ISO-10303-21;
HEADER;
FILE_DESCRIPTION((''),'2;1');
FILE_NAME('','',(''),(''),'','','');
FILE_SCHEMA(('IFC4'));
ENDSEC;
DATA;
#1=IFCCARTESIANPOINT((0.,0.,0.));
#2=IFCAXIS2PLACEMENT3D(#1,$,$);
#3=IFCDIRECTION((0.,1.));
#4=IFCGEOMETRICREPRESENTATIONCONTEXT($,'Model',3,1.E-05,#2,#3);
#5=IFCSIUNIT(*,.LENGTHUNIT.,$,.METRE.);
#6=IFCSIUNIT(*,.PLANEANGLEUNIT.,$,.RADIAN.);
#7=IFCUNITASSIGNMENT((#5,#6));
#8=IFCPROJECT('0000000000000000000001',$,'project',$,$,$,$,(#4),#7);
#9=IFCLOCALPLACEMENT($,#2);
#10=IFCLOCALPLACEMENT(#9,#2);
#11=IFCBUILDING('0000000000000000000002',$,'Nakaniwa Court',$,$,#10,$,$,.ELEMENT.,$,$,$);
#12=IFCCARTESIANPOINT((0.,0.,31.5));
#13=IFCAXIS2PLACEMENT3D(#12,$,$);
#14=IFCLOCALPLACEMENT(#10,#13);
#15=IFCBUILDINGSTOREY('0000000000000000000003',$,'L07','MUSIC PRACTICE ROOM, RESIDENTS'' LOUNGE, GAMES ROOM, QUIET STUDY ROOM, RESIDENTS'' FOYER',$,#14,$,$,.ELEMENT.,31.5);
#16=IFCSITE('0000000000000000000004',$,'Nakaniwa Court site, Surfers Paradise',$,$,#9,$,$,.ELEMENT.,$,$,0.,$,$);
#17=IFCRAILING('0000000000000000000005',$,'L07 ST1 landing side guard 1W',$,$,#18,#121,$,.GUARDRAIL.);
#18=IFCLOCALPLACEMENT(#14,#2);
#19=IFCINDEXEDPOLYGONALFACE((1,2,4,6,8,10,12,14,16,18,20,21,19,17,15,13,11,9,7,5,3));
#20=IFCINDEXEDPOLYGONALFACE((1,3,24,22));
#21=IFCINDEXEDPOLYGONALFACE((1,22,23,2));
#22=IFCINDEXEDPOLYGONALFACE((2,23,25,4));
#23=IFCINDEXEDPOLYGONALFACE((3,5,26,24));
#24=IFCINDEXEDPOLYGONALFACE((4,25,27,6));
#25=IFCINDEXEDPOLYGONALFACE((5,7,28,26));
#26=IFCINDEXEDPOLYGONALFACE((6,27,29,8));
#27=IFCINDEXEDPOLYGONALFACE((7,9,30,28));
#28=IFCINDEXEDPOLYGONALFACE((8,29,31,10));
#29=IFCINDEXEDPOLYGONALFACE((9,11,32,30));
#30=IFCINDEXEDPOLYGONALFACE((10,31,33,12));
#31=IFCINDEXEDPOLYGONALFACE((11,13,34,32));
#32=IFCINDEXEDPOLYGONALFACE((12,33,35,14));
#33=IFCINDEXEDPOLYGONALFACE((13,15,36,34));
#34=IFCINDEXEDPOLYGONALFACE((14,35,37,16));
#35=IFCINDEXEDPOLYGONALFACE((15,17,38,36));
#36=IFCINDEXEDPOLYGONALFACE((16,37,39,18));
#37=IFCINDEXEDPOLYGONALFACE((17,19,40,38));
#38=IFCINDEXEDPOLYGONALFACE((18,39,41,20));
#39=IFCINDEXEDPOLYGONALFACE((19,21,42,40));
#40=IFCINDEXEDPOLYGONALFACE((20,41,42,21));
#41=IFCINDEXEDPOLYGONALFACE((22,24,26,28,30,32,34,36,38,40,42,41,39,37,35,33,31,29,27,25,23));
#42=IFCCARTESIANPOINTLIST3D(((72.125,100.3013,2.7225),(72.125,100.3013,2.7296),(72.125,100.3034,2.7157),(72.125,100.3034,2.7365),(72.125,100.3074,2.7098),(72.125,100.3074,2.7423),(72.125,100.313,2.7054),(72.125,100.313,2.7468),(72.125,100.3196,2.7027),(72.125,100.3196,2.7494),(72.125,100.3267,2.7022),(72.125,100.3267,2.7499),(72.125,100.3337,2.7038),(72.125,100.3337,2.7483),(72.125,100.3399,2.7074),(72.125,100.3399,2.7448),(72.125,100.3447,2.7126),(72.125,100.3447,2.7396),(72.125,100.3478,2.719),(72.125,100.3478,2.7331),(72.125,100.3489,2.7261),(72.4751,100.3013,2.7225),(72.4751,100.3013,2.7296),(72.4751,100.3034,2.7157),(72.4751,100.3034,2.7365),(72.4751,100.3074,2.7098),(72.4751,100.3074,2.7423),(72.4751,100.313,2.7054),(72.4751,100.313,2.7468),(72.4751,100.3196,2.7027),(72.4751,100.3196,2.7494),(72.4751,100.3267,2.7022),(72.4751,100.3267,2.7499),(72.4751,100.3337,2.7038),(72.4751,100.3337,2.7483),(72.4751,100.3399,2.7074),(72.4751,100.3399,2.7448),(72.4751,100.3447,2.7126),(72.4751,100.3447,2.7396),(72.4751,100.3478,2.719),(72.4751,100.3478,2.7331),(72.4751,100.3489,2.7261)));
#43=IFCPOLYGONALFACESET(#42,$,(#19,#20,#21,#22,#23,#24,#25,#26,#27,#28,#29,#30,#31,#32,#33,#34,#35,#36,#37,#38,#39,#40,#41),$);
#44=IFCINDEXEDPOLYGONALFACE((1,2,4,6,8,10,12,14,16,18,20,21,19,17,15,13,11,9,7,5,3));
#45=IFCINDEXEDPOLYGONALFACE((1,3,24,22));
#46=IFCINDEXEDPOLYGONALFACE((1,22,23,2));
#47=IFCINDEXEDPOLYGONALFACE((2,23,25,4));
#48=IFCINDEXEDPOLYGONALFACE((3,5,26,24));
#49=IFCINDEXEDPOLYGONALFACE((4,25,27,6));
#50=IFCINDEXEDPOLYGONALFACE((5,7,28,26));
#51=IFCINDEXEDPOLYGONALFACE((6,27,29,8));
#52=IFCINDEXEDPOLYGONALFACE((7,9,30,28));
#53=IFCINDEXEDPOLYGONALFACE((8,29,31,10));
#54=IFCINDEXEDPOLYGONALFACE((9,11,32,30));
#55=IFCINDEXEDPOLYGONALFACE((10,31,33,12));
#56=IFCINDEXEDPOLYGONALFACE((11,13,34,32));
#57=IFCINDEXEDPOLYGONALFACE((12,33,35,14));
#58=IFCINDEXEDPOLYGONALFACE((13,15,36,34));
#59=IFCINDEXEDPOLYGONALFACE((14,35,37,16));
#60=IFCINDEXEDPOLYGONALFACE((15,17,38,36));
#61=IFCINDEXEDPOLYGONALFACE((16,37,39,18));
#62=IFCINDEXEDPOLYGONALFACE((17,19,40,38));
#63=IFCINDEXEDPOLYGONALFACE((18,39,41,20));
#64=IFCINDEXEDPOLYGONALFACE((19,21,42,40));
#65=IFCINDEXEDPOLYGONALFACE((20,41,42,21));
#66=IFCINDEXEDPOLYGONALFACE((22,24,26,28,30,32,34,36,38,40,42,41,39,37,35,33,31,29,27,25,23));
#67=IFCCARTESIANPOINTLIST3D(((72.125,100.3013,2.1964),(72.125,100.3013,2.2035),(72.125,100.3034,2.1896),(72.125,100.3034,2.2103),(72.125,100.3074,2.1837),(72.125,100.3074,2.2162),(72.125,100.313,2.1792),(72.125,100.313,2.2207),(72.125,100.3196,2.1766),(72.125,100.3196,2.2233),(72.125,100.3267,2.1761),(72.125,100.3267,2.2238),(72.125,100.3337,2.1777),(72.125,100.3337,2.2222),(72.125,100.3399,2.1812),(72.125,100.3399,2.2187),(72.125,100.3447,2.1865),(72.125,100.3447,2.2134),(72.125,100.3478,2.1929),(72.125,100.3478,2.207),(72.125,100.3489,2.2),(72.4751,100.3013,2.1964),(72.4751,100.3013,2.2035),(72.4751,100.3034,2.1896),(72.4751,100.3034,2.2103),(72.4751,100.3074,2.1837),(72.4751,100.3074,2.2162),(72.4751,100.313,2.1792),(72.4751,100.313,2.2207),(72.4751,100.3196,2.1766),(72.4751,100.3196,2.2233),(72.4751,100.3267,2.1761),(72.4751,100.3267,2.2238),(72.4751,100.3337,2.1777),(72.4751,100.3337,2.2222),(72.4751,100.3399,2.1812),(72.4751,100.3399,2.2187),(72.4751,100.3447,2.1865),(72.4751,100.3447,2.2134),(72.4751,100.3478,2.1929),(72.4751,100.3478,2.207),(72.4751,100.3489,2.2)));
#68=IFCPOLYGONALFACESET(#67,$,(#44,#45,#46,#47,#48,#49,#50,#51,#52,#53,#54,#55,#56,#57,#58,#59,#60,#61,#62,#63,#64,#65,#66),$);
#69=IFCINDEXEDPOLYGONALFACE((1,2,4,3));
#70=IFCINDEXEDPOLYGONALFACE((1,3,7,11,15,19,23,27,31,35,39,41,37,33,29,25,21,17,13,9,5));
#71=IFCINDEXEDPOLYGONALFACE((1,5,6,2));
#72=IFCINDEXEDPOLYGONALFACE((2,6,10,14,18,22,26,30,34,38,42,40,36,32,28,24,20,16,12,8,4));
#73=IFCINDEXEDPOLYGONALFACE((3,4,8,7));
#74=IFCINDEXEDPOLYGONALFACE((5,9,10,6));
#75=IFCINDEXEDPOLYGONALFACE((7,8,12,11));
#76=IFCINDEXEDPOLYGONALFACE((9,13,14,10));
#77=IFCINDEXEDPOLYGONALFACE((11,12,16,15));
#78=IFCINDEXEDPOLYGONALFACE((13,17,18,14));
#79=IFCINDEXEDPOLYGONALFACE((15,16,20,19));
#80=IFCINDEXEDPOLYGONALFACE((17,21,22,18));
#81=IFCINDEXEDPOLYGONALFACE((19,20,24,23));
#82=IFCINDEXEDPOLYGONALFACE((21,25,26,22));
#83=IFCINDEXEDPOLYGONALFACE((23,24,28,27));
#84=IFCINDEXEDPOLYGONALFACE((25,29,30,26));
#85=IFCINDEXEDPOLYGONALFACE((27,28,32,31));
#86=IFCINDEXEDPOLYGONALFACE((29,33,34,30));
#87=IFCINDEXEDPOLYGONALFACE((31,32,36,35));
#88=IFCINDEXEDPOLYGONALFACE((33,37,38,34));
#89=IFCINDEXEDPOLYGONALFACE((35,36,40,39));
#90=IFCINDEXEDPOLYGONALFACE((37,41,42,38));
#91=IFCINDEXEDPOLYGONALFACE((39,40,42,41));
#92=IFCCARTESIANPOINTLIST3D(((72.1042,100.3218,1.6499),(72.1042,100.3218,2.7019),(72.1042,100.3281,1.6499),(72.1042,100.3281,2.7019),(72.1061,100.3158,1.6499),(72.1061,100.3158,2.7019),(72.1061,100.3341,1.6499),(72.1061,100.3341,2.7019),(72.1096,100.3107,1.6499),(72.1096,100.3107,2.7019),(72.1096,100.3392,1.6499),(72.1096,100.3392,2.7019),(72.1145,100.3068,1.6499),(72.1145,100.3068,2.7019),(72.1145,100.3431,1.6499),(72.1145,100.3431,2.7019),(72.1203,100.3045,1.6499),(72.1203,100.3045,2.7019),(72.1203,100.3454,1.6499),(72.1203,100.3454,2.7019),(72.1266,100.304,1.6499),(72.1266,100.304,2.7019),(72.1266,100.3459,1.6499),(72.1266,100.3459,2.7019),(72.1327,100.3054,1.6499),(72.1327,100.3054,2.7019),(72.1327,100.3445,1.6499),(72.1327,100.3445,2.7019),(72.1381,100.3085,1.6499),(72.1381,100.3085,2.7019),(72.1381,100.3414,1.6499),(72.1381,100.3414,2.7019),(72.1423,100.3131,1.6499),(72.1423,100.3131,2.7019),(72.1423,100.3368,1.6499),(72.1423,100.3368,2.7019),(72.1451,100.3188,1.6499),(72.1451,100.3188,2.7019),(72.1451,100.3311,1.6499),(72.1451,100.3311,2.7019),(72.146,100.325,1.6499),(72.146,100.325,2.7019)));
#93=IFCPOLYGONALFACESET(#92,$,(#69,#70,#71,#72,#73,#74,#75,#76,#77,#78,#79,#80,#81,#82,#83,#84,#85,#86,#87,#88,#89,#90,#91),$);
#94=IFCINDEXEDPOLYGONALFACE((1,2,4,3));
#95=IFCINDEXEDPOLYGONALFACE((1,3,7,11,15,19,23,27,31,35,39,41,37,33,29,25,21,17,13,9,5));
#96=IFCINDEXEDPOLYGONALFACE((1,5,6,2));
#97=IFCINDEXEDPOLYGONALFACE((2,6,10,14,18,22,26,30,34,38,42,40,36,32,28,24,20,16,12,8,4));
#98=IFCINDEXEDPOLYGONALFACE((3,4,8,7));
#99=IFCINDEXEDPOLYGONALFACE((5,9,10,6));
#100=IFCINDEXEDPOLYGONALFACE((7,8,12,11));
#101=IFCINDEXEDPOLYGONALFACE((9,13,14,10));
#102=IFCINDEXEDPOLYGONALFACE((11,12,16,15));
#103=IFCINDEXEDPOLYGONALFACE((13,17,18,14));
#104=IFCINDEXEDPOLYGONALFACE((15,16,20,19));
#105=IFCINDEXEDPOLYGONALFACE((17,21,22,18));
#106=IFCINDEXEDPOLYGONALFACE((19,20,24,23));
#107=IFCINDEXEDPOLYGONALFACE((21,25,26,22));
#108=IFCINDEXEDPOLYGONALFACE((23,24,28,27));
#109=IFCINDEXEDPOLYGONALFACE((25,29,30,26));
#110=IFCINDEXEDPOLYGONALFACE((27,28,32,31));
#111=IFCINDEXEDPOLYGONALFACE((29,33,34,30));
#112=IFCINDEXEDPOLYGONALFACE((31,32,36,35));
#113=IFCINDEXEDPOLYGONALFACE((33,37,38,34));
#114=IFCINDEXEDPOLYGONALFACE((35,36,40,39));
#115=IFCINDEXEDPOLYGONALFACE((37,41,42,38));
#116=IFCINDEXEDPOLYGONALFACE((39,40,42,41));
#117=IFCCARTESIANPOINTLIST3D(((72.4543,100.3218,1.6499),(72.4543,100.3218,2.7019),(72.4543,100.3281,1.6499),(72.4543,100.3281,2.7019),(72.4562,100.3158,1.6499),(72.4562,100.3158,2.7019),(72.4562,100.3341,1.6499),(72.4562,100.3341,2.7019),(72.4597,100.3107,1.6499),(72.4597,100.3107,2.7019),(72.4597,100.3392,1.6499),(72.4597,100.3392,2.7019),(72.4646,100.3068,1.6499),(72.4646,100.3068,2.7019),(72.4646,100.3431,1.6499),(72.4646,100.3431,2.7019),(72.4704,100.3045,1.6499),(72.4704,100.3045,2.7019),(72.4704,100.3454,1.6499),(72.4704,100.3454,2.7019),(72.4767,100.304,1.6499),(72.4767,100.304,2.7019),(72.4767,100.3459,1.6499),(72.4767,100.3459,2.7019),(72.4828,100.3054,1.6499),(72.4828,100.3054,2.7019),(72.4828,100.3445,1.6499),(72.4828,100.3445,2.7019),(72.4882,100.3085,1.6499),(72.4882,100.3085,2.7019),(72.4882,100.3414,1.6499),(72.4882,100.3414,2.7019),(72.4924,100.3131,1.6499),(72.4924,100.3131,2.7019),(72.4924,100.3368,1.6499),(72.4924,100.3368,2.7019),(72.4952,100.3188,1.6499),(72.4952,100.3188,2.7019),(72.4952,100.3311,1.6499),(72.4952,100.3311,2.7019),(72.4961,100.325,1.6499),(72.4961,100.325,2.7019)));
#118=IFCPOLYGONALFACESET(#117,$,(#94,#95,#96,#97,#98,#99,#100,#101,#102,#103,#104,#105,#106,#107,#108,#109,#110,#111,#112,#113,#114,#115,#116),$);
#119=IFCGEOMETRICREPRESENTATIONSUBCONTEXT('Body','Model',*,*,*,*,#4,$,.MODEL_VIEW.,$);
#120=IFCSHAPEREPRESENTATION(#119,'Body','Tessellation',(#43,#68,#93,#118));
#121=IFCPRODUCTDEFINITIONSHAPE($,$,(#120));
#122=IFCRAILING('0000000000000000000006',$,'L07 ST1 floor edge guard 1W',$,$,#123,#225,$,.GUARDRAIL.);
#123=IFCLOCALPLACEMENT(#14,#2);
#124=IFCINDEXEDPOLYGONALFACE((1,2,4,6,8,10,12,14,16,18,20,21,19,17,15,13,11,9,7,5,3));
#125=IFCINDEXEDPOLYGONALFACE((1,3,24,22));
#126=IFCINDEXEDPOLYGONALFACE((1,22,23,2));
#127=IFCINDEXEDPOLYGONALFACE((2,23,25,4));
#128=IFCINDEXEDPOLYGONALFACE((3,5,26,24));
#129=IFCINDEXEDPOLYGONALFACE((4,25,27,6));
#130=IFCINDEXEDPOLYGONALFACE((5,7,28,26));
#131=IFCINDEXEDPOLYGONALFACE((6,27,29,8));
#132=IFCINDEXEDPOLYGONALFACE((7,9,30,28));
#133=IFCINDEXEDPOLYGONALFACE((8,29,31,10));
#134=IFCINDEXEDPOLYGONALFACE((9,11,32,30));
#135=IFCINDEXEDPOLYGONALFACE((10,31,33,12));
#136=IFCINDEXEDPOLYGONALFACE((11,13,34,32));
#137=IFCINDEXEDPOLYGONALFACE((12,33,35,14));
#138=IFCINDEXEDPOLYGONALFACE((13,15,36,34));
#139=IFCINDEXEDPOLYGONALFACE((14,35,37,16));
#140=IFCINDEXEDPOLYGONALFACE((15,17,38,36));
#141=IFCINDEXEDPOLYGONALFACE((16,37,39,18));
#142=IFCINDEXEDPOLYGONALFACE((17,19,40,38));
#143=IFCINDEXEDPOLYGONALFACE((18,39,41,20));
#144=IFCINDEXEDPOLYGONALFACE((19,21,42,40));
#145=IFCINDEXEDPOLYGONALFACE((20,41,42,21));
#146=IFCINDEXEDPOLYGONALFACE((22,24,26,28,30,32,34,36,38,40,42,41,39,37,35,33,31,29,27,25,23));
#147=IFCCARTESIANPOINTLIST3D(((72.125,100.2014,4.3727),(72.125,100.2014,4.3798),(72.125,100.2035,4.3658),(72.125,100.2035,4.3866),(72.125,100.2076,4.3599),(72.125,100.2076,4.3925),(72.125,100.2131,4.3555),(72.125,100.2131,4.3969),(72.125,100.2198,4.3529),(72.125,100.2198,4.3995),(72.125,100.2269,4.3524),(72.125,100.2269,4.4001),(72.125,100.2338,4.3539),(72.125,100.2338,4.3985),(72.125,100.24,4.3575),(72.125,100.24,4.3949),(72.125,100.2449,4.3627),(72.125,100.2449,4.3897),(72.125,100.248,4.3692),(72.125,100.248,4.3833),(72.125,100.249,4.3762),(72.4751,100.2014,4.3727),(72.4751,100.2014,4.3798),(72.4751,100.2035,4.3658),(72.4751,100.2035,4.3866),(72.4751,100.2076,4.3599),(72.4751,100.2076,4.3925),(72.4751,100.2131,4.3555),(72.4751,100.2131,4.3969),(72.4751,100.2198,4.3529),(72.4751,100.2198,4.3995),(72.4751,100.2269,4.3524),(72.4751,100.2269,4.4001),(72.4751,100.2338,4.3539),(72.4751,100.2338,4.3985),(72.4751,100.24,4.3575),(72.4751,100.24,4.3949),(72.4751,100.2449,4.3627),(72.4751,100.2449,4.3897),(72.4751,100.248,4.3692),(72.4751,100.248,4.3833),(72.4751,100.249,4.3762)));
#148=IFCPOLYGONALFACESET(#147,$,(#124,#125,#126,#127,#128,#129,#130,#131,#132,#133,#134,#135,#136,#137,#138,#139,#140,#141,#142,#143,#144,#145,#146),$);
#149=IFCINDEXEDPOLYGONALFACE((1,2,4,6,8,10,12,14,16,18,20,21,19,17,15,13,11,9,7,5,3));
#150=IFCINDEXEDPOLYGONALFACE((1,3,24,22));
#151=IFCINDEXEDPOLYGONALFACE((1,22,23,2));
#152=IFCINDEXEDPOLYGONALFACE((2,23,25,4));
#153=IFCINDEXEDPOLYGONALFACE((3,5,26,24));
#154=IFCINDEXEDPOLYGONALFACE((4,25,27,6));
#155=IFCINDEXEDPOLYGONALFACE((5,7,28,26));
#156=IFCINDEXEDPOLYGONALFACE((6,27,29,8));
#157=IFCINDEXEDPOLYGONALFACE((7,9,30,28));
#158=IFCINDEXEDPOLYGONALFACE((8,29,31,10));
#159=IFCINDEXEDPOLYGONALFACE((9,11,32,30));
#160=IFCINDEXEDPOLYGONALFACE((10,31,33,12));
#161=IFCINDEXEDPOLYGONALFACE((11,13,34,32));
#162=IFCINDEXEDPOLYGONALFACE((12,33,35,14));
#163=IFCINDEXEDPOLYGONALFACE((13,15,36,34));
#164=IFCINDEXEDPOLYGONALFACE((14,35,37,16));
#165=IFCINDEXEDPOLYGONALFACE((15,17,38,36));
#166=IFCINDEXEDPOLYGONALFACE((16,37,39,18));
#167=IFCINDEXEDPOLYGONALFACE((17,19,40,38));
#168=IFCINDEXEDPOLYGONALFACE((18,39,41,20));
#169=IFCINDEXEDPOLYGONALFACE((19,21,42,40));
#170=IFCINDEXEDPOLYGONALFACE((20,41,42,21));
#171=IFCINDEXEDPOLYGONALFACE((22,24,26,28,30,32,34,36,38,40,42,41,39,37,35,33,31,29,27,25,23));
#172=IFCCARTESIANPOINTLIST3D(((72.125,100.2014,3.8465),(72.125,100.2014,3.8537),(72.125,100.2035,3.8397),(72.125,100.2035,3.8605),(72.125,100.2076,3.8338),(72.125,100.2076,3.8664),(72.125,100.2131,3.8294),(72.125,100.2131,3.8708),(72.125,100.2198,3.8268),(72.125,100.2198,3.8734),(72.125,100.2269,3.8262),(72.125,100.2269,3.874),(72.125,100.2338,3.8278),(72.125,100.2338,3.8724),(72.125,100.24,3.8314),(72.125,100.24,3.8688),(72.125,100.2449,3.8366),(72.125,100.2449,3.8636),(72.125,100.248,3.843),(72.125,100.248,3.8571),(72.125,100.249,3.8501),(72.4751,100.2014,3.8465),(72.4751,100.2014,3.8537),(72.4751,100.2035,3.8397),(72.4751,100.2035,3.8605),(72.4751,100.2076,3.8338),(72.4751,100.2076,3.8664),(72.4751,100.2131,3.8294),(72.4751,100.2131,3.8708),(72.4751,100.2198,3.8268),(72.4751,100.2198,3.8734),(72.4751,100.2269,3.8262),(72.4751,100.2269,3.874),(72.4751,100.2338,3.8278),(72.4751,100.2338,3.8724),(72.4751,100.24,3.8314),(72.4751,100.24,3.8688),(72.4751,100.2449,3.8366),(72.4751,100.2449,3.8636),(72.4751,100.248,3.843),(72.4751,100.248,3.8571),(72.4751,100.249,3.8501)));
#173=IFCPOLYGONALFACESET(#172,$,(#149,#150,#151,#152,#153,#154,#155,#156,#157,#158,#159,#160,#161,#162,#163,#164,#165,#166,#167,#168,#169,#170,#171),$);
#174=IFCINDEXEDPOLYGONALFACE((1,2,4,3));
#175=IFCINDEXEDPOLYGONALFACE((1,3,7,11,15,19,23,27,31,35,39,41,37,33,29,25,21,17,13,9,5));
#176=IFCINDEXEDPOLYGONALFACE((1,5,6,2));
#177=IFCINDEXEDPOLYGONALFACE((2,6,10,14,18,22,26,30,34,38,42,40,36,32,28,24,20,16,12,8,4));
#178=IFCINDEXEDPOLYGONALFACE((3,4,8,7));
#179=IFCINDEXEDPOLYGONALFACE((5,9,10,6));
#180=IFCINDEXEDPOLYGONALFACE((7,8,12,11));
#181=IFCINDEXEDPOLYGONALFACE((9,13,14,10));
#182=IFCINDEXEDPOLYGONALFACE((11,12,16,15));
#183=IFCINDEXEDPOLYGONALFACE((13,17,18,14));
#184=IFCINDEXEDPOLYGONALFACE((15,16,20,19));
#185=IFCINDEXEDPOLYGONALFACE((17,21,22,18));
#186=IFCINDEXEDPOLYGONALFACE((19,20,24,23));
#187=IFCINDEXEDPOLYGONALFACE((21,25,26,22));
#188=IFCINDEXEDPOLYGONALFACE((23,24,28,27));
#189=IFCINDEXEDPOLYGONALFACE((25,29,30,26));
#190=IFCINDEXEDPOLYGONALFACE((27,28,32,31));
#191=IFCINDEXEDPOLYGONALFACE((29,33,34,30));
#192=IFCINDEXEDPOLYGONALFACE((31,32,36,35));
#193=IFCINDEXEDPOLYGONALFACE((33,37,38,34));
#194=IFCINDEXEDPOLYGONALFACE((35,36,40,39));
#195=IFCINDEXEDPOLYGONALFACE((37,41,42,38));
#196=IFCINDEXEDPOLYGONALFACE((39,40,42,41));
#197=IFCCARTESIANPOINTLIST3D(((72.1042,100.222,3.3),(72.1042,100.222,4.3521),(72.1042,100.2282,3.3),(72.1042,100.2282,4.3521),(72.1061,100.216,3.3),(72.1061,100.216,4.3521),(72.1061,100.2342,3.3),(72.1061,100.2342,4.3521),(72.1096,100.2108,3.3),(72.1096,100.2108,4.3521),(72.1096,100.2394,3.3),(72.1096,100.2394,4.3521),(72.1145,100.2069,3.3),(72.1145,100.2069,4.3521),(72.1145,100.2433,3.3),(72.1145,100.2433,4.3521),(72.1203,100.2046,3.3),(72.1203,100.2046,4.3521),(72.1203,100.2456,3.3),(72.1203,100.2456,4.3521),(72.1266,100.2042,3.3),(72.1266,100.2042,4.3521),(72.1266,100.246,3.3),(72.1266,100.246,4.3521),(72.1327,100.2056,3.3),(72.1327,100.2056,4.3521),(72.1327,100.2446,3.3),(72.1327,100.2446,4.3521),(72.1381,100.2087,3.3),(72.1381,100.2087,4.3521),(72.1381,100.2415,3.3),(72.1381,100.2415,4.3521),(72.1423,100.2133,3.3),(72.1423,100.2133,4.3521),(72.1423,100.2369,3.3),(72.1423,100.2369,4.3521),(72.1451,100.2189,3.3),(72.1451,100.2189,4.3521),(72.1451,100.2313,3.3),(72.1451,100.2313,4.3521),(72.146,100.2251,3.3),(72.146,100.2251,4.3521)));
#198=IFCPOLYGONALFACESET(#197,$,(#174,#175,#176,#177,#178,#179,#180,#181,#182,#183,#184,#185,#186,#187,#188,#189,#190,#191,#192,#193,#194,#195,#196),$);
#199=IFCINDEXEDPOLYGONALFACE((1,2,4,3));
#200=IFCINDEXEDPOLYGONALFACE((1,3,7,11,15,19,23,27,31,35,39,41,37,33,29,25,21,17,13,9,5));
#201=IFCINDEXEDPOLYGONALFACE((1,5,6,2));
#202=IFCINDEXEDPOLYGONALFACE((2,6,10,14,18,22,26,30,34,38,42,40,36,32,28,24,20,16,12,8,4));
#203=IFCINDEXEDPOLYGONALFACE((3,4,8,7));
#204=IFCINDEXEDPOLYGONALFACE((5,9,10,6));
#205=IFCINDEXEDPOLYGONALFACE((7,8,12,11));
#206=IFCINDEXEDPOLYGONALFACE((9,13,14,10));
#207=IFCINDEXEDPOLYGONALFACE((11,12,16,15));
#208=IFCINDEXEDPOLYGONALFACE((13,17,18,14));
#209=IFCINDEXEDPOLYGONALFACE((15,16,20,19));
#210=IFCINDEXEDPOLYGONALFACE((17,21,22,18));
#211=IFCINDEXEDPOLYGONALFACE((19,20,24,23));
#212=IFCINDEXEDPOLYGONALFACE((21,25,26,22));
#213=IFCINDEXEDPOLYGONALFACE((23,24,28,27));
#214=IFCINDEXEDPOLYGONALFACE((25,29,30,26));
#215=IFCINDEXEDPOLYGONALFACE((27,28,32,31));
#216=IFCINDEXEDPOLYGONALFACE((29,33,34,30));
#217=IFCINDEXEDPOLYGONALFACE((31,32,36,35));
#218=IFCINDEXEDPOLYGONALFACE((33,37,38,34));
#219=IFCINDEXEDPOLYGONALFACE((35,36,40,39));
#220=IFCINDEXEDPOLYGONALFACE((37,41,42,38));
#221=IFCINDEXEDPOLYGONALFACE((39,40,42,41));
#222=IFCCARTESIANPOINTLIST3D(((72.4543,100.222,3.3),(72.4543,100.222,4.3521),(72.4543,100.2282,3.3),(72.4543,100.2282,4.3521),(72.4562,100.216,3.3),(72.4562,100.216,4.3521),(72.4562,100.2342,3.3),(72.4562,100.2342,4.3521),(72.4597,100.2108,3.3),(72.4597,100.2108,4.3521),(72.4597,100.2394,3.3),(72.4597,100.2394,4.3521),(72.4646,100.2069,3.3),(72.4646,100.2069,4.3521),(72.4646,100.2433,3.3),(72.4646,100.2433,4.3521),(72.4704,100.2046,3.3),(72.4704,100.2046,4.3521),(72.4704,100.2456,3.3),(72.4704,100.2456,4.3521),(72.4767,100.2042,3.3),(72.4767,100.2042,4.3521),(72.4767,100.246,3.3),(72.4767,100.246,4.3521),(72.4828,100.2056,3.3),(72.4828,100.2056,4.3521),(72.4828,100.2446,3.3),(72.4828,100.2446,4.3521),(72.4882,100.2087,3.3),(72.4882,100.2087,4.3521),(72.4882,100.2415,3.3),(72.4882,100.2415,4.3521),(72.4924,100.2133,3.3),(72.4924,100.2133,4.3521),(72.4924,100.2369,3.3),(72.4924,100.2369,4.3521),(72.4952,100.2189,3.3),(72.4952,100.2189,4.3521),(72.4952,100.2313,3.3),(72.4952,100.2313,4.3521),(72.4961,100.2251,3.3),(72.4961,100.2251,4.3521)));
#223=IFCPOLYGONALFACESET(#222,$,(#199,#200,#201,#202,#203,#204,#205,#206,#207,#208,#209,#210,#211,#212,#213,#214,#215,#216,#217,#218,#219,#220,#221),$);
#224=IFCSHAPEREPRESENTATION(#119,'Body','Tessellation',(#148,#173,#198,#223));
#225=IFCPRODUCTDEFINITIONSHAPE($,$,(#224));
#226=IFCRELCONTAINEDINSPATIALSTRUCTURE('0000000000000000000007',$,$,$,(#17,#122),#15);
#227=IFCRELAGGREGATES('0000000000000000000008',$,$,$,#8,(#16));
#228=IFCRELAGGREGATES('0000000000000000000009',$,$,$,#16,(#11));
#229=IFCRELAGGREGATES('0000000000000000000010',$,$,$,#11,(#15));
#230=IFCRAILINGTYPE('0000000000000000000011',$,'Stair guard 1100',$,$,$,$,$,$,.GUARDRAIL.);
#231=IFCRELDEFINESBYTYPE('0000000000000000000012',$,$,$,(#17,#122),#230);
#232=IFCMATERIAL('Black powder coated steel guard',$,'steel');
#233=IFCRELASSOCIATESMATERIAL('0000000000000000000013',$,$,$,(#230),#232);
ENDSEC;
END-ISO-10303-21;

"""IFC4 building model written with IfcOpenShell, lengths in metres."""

from ifc_helpers import new_model, si_unit, direction, frame, origin, origin_2d, place, context, subcontext, project, spatial, circle, extrude, material, type_object, element, save


model = new_model("IFC4")

# Units and contexts
model_context = context("Model", 3, precision=1e-05, world=origin(), true_north=direction((0.0, 1.0)))
body_context = subcontext(model_context, "Body", "Model", "MODEL_VIEW")
ifc_project = project(units=[si_unit("LENGTHUNIT", "METRE"), si_unit("PLANEANGLEUNIT", "RADIAN")], contexts=[model_context])

# Site, building, storey
site_placement = place(None, origin())
site = spatial("IfcSite", under=ifc_project, at=site_placement, Name="Nakaniwa Court site, Surfers Paradise", CompositionType="ELEMENT", RefElevation=0.0)
building_placement = place(site_placement, origin())
building = spatial("IfcBuilding", under=site, at=building_placement, Name="Nakaniwa Court", CompositionType="ELEMENT")
storey_placement = place(building_placement, frame((0.0, 0.0, 31.5)))
storey = spatial("IfcBuildingStorey", under=building, at=storey_placement, Name="L07", Description="MUSIC PRACTICE ROOM, RESIDENTS' LOUNGE, GAMES ROOM, QUIET STUDY ROOM, RESIDENTS' FOYER", CompositionType="ELEMENT", Elevation=31.5)

# Railings
ifc_material_1 = material(Name="Black powder coated steel guard", Category="steel")
railing_type_1 = type_object("IfcRailingType", Name="Stair guard 1100", PredefinedType="GUARDRAIL", material=ifc_material_1)
for number, where, name in (
    (1, (72.125, 100.325, 1.6499), "L07 ST1 landing side guard 1W"),
    (2, (72.125, 100.2251, 3.3), "L07 ST1 floor edge guard 1W"),
):
    element("IfcRailing", number, at=place(storey_placement, frame(where)), inside=storey, type_object=railing_type_1, Name=name, PredefinedType="GUARDRAIL", context=body_context, shape_type="SweptSolid", body=[
        extrude(circle(Radius=0.0239, at=origin_2d()), frame((0.0, 0.0, 1.0762), z_axis=(1.0, 0.0, 0.0), x_axis=(0.0, 1.0, 0.0)), (0.0, 0.0, 1.0), 0.3501),
        extrude(circle(Radius=0.0239, at=origin_2d()), frame((0.0, 0.0, 0.55), z_axis=(1.0, 0.0, 0.0), x_axis=(0.0, 1.0, 0.0)), (0.0, 0.0, 1.0), 0.3501),
        extrude(circle(Radius=0.021, at=origin_2d()), origin(), (0.0, 0.0, 1.0), 1.052),
        extrude(circle(Radius=0.021, at=origin_2d()), frame((0.3501, 0.0, 0.0)), (0.0, 0.0, 1.0), 1.052),
    ])

save(model, "model.ifc")
